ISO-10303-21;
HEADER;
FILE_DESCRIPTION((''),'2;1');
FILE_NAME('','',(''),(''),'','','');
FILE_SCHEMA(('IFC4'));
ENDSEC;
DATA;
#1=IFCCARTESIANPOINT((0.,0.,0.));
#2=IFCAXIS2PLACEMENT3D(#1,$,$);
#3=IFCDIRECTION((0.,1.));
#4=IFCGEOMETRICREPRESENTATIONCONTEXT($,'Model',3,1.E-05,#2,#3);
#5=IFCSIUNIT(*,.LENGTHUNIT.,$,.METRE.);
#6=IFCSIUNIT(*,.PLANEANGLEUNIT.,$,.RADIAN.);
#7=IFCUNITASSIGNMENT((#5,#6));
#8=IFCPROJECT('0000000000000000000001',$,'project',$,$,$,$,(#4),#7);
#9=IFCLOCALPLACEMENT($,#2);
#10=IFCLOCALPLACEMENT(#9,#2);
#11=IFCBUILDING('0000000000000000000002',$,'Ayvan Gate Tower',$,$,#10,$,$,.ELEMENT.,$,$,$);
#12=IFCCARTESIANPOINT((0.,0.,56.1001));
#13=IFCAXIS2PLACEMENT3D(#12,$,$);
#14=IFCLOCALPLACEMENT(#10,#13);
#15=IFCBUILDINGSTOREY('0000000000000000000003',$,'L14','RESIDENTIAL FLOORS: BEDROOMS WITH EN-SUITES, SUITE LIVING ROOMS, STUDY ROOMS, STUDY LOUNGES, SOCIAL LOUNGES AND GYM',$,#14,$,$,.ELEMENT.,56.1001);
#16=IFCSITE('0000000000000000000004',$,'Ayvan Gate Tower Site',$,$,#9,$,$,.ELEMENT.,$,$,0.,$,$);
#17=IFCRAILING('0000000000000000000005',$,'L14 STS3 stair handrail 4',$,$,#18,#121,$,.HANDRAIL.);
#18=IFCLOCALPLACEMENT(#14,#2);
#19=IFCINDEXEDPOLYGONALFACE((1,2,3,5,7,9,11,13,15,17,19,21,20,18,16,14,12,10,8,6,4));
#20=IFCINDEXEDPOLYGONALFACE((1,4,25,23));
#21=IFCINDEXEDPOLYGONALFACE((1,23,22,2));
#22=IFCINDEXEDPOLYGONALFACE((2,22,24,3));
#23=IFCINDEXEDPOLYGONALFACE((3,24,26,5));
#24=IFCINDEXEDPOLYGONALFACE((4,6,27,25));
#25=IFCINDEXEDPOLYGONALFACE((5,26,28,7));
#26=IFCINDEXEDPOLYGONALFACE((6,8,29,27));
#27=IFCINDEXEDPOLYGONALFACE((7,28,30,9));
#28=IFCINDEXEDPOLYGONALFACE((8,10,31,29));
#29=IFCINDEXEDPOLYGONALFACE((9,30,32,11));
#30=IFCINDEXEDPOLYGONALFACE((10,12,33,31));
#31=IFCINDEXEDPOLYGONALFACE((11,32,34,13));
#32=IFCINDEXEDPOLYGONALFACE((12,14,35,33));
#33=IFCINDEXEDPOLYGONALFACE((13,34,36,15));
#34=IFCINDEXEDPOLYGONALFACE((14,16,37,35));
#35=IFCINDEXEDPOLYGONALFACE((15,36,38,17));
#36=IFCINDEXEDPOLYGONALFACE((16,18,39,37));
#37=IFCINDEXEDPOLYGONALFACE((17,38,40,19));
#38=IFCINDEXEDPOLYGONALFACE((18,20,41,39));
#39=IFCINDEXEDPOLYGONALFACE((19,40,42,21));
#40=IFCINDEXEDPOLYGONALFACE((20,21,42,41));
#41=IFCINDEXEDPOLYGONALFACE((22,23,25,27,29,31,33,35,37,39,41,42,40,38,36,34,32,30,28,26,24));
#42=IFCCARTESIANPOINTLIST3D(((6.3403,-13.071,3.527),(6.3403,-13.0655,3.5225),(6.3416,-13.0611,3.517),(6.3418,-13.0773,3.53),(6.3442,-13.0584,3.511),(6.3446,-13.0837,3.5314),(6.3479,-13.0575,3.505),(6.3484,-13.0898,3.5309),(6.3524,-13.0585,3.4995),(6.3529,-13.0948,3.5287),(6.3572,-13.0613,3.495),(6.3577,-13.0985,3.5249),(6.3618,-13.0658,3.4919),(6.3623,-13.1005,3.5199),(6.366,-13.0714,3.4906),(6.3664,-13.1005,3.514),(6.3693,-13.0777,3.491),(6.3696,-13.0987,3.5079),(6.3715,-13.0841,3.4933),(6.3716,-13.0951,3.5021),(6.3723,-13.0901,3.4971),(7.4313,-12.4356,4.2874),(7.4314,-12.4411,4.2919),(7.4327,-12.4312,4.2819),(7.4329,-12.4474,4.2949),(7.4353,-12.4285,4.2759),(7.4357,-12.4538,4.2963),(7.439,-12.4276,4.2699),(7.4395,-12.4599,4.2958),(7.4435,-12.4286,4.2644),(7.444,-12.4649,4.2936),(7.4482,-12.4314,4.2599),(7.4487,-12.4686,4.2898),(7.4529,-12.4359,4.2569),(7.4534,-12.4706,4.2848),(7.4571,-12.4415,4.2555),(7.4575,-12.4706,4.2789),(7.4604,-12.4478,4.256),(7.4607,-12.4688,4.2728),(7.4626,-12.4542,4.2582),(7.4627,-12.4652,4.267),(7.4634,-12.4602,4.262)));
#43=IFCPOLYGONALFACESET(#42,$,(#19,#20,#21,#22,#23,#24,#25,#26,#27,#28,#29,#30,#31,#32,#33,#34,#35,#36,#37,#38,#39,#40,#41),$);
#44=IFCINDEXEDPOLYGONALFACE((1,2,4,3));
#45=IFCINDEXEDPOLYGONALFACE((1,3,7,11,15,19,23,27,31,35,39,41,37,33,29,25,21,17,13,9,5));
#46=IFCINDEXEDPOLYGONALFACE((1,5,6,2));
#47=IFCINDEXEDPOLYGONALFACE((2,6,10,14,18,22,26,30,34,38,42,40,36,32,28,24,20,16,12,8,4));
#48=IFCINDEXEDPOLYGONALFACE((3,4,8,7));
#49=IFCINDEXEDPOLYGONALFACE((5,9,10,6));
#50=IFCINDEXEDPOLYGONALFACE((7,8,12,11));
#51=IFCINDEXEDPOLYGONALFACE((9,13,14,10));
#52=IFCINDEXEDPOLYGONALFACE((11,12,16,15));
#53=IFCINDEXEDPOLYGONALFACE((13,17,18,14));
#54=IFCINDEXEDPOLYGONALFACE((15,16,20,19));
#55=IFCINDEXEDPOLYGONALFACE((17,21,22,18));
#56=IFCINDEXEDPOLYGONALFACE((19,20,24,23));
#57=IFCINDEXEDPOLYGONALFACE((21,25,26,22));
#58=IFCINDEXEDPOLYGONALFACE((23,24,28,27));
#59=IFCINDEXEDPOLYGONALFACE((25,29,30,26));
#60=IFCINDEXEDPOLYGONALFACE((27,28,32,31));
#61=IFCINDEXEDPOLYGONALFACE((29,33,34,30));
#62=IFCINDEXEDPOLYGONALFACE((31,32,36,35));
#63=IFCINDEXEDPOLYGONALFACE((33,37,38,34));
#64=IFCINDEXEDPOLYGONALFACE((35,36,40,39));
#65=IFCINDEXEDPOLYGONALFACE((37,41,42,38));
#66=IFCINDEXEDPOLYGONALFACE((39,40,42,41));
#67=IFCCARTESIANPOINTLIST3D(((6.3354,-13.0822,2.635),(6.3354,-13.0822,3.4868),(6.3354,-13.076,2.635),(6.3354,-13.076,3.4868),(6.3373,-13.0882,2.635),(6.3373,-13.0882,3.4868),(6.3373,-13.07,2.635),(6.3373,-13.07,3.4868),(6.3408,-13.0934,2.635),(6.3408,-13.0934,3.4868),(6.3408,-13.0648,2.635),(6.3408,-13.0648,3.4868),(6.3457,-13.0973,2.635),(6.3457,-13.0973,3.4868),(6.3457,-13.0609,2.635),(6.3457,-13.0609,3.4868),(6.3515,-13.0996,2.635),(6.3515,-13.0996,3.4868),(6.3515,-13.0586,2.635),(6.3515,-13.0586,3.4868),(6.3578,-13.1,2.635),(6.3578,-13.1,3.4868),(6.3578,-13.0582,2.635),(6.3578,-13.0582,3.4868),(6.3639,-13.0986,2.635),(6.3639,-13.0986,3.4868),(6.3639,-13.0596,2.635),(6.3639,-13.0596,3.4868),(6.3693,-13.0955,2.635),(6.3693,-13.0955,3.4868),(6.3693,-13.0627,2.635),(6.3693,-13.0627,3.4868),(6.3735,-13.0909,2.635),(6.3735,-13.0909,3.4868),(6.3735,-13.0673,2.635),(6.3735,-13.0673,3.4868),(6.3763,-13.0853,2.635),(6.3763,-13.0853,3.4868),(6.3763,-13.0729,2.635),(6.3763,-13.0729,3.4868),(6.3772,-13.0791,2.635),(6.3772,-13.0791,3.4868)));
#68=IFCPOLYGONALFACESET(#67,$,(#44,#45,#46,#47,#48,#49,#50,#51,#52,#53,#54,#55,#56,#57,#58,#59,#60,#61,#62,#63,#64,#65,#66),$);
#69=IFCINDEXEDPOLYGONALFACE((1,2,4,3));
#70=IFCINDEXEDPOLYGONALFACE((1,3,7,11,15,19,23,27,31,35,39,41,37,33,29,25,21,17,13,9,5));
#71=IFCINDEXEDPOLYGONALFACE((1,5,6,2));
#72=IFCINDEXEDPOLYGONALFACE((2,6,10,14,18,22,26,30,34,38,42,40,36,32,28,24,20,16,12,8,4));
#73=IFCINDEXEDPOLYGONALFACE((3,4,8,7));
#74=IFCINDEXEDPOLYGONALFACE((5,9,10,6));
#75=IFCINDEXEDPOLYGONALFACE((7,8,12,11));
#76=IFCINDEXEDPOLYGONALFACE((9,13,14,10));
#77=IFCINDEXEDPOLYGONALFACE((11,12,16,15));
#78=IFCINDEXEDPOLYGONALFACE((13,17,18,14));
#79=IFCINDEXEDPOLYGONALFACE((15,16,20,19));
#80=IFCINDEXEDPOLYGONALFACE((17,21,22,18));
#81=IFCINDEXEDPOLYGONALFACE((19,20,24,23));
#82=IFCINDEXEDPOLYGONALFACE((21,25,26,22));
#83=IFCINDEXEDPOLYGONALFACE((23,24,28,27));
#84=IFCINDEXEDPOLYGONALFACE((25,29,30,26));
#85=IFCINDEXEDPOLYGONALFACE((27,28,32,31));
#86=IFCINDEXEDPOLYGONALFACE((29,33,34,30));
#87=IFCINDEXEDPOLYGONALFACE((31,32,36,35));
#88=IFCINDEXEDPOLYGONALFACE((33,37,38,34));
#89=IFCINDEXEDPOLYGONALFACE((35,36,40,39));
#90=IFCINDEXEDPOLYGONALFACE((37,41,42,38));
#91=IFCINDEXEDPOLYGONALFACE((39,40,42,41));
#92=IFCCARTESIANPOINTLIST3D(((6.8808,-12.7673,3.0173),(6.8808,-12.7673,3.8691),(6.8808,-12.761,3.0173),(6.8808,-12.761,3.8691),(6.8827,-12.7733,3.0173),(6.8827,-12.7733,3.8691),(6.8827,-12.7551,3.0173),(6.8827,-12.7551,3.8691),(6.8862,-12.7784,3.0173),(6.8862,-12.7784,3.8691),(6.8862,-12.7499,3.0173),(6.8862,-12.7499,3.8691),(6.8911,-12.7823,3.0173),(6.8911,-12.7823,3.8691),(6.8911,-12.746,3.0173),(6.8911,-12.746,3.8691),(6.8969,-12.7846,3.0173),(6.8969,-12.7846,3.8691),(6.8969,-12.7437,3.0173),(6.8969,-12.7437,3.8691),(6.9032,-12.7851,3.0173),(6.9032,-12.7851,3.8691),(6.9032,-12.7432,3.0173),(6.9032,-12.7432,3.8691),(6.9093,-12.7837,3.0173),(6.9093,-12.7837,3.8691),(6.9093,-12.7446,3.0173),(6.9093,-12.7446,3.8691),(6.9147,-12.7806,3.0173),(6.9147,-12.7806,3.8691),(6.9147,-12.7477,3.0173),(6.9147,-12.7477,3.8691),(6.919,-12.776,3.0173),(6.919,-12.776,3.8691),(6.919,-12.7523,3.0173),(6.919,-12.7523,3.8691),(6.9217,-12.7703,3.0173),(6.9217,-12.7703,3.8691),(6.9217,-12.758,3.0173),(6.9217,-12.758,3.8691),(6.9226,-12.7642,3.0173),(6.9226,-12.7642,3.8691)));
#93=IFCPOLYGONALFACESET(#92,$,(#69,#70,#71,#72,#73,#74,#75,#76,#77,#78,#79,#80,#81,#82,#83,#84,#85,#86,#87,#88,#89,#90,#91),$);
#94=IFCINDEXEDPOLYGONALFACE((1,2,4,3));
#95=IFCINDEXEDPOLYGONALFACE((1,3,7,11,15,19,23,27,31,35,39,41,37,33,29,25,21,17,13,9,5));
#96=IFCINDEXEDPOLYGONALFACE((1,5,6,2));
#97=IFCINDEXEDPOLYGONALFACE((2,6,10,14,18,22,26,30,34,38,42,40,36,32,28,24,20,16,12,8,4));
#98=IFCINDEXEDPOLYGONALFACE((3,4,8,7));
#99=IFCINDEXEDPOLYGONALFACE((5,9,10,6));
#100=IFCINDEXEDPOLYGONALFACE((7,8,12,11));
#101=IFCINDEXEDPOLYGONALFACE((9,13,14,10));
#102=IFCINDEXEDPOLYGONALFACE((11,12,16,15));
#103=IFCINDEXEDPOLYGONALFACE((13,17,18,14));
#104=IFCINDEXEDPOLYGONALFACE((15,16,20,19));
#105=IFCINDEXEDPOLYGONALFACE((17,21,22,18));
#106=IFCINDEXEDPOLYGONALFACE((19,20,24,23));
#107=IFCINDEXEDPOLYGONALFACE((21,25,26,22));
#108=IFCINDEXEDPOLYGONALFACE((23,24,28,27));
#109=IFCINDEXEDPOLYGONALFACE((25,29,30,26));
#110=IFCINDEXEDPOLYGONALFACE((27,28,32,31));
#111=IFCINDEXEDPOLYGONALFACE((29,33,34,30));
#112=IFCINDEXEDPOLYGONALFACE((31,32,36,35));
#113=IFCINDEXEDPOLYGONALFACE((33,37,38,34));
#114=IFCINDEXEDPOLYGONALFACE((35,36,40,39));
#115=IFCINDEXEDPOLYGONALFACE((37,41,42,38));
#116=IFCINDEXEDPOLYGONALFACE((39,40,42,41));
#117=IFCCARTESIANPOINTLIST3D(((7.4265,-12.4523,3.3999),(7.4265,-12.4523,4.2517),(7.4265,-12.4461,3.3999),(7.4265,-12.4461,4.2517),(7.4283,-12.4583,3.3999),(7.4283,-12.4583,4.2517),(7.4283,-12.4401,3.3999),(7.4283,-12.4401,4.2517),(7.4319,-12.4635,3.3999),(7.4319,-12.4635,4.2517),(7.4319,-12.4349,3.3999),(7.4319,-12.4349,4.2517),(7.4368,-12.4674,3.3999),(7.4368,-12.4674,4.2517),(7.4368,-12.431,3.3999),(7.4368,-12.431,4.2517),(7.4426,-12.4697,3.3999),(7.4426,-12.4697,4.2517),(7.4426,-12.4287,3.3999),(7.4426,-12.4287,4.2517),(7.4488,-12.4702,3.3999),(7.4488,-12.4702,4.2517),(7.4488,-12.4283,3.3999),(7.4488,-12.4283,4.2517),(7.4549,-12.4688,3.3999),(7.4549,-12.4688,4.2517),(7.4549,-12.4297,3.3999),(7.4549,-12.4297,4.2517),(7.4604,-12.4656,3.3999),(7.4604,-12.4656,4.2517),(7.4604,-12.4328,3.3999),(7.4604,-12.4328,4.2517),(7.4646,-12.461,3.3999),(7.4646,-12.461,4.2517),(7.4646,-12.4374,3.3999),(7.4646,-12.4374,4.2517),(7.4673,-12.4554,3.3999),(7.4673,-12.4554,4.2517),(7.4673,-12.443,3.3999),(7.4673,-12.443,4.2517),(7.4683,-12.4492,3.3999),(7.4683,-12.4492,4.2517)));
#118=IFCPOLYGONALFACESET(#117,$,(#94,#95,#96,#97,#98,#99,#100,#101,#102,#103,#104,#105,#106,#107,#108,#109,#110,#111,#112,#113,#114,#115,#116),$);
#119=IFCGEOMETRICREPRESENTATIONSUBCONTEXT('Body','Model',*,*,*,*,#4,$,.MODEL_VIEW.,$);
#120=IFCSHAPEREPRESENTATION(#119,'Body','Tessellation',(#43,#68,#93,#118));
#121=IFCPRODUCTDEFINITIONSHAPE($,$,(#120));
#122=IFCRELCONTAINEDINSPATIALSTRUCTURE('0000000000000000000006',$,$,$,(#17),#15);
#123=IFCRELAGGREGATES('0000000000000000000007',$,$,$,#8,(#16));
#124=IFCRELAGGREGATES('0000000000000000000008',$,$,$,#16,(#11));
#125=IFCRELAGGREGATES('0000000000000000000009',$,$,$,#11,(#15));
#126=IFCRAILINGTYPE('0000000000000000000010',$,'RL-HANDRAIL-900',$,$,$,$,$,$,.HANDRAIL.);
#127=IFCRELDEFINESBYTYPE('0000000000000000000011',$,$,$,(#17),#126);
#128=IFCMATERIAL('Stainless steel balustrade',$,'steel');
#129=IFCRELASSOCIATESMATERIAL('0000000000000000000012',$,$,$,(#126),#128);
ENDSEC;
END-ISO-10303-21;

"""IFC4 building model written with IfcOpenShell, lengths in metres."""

from ifc_helpers import new_model, si_unit, direction, frame, origin, origin_2d, place, context, subcontext, project, spatial, circle, extrude, material, type_object, element, save


model = new_model("IFC4")

# Units and contexts
model_context = context("Model", 3, precision=1e-05, world=origin(), true_north=direction((0.0, 1.0)))
body_context = subcontext(model_context, "Body", "Model", "MODEL_VIEW")
ifc_project = project(units=[si_unit("LENGTHUNIT", "METRE"), si_unit("PLANEANGLEUNIT", "RADIAN")], contexts=[model_context])

# Site, building, storey
site_placement = place(None, origin())
site = spatial("IfcSite", under=ifc_project, at=site_placement, Name="Ayvan Gate Tower Site", CompositionType="ELEMENT", RefElevation=0.0)
building_placement = place(site_placement, origin())
building = spatial("IfcBuilding", under=site, at=building_placement, Name="Ayvan Gate Tower", CompositionType="ELEMENT")
storey_placement = place(building_placement, frame((0.0, 0.0, 56.1001)))
storey = spatial("IfcBuildingStorey", under=building, at=storey_placement, Name="L14", Description="RESIDENTIAL FLOORS: BEDROOMS WITH EN-SUITES, SUITE LIVING ROOMS, STUDY ROOMS, STUDY LOUNGES, SOCIAL LOUNGES AND GYM", CompositionType="ELEMENT", Elevation=56.1001)

# Railing
ifc_material_1 = material(Name="Stainless steel balustrade", Category="steel")
railing_type_1 = type_object("IfcRailingType", Name="RL-HANDRAIL-900", PredefinedType="HANDRAIL", material=ifc_material_1)
railing_1_placement = place(storey_placement, frame((6.3562, -13.0791, 2.635)))
element("IfcRailing", 1, at=railing_1_placement, inside=storey, type_object=railing_type_1, Name="L14 STS3 stair handrail 4", PredefinedType="HANDRAIL", context=body_context, shape_type="SweptSolid", body=[
    extrude(circle(Radius=0.0239, at=origin_2d()), frame((0.0, 0.0, 0.876), z_axis=(0.740282, 0.427372, 0.518976), x_axis=(-0.499974, 0.86604, 0.0)), (0.0, 0.0, 1.0), 1.4739),
    extrude(circle(Radius=0.021, at=origin_2d()), origin(), (0.0, 0.0, 1.0), 0.8518),
    extrude(circle(Radius=0.021, at=origin_2d()), frame((0.5454, 0.3149, 0.3823)), (0.0, 0.0, 1.0), 0.8518),
    extrude(circle(Radius=0.021, at=origin_2d()), frame((1.0911, 0.6299, 0.7649)), (0.0, 0.0, 1.0), 0.8518),
])

save(model, "model.ifc")
